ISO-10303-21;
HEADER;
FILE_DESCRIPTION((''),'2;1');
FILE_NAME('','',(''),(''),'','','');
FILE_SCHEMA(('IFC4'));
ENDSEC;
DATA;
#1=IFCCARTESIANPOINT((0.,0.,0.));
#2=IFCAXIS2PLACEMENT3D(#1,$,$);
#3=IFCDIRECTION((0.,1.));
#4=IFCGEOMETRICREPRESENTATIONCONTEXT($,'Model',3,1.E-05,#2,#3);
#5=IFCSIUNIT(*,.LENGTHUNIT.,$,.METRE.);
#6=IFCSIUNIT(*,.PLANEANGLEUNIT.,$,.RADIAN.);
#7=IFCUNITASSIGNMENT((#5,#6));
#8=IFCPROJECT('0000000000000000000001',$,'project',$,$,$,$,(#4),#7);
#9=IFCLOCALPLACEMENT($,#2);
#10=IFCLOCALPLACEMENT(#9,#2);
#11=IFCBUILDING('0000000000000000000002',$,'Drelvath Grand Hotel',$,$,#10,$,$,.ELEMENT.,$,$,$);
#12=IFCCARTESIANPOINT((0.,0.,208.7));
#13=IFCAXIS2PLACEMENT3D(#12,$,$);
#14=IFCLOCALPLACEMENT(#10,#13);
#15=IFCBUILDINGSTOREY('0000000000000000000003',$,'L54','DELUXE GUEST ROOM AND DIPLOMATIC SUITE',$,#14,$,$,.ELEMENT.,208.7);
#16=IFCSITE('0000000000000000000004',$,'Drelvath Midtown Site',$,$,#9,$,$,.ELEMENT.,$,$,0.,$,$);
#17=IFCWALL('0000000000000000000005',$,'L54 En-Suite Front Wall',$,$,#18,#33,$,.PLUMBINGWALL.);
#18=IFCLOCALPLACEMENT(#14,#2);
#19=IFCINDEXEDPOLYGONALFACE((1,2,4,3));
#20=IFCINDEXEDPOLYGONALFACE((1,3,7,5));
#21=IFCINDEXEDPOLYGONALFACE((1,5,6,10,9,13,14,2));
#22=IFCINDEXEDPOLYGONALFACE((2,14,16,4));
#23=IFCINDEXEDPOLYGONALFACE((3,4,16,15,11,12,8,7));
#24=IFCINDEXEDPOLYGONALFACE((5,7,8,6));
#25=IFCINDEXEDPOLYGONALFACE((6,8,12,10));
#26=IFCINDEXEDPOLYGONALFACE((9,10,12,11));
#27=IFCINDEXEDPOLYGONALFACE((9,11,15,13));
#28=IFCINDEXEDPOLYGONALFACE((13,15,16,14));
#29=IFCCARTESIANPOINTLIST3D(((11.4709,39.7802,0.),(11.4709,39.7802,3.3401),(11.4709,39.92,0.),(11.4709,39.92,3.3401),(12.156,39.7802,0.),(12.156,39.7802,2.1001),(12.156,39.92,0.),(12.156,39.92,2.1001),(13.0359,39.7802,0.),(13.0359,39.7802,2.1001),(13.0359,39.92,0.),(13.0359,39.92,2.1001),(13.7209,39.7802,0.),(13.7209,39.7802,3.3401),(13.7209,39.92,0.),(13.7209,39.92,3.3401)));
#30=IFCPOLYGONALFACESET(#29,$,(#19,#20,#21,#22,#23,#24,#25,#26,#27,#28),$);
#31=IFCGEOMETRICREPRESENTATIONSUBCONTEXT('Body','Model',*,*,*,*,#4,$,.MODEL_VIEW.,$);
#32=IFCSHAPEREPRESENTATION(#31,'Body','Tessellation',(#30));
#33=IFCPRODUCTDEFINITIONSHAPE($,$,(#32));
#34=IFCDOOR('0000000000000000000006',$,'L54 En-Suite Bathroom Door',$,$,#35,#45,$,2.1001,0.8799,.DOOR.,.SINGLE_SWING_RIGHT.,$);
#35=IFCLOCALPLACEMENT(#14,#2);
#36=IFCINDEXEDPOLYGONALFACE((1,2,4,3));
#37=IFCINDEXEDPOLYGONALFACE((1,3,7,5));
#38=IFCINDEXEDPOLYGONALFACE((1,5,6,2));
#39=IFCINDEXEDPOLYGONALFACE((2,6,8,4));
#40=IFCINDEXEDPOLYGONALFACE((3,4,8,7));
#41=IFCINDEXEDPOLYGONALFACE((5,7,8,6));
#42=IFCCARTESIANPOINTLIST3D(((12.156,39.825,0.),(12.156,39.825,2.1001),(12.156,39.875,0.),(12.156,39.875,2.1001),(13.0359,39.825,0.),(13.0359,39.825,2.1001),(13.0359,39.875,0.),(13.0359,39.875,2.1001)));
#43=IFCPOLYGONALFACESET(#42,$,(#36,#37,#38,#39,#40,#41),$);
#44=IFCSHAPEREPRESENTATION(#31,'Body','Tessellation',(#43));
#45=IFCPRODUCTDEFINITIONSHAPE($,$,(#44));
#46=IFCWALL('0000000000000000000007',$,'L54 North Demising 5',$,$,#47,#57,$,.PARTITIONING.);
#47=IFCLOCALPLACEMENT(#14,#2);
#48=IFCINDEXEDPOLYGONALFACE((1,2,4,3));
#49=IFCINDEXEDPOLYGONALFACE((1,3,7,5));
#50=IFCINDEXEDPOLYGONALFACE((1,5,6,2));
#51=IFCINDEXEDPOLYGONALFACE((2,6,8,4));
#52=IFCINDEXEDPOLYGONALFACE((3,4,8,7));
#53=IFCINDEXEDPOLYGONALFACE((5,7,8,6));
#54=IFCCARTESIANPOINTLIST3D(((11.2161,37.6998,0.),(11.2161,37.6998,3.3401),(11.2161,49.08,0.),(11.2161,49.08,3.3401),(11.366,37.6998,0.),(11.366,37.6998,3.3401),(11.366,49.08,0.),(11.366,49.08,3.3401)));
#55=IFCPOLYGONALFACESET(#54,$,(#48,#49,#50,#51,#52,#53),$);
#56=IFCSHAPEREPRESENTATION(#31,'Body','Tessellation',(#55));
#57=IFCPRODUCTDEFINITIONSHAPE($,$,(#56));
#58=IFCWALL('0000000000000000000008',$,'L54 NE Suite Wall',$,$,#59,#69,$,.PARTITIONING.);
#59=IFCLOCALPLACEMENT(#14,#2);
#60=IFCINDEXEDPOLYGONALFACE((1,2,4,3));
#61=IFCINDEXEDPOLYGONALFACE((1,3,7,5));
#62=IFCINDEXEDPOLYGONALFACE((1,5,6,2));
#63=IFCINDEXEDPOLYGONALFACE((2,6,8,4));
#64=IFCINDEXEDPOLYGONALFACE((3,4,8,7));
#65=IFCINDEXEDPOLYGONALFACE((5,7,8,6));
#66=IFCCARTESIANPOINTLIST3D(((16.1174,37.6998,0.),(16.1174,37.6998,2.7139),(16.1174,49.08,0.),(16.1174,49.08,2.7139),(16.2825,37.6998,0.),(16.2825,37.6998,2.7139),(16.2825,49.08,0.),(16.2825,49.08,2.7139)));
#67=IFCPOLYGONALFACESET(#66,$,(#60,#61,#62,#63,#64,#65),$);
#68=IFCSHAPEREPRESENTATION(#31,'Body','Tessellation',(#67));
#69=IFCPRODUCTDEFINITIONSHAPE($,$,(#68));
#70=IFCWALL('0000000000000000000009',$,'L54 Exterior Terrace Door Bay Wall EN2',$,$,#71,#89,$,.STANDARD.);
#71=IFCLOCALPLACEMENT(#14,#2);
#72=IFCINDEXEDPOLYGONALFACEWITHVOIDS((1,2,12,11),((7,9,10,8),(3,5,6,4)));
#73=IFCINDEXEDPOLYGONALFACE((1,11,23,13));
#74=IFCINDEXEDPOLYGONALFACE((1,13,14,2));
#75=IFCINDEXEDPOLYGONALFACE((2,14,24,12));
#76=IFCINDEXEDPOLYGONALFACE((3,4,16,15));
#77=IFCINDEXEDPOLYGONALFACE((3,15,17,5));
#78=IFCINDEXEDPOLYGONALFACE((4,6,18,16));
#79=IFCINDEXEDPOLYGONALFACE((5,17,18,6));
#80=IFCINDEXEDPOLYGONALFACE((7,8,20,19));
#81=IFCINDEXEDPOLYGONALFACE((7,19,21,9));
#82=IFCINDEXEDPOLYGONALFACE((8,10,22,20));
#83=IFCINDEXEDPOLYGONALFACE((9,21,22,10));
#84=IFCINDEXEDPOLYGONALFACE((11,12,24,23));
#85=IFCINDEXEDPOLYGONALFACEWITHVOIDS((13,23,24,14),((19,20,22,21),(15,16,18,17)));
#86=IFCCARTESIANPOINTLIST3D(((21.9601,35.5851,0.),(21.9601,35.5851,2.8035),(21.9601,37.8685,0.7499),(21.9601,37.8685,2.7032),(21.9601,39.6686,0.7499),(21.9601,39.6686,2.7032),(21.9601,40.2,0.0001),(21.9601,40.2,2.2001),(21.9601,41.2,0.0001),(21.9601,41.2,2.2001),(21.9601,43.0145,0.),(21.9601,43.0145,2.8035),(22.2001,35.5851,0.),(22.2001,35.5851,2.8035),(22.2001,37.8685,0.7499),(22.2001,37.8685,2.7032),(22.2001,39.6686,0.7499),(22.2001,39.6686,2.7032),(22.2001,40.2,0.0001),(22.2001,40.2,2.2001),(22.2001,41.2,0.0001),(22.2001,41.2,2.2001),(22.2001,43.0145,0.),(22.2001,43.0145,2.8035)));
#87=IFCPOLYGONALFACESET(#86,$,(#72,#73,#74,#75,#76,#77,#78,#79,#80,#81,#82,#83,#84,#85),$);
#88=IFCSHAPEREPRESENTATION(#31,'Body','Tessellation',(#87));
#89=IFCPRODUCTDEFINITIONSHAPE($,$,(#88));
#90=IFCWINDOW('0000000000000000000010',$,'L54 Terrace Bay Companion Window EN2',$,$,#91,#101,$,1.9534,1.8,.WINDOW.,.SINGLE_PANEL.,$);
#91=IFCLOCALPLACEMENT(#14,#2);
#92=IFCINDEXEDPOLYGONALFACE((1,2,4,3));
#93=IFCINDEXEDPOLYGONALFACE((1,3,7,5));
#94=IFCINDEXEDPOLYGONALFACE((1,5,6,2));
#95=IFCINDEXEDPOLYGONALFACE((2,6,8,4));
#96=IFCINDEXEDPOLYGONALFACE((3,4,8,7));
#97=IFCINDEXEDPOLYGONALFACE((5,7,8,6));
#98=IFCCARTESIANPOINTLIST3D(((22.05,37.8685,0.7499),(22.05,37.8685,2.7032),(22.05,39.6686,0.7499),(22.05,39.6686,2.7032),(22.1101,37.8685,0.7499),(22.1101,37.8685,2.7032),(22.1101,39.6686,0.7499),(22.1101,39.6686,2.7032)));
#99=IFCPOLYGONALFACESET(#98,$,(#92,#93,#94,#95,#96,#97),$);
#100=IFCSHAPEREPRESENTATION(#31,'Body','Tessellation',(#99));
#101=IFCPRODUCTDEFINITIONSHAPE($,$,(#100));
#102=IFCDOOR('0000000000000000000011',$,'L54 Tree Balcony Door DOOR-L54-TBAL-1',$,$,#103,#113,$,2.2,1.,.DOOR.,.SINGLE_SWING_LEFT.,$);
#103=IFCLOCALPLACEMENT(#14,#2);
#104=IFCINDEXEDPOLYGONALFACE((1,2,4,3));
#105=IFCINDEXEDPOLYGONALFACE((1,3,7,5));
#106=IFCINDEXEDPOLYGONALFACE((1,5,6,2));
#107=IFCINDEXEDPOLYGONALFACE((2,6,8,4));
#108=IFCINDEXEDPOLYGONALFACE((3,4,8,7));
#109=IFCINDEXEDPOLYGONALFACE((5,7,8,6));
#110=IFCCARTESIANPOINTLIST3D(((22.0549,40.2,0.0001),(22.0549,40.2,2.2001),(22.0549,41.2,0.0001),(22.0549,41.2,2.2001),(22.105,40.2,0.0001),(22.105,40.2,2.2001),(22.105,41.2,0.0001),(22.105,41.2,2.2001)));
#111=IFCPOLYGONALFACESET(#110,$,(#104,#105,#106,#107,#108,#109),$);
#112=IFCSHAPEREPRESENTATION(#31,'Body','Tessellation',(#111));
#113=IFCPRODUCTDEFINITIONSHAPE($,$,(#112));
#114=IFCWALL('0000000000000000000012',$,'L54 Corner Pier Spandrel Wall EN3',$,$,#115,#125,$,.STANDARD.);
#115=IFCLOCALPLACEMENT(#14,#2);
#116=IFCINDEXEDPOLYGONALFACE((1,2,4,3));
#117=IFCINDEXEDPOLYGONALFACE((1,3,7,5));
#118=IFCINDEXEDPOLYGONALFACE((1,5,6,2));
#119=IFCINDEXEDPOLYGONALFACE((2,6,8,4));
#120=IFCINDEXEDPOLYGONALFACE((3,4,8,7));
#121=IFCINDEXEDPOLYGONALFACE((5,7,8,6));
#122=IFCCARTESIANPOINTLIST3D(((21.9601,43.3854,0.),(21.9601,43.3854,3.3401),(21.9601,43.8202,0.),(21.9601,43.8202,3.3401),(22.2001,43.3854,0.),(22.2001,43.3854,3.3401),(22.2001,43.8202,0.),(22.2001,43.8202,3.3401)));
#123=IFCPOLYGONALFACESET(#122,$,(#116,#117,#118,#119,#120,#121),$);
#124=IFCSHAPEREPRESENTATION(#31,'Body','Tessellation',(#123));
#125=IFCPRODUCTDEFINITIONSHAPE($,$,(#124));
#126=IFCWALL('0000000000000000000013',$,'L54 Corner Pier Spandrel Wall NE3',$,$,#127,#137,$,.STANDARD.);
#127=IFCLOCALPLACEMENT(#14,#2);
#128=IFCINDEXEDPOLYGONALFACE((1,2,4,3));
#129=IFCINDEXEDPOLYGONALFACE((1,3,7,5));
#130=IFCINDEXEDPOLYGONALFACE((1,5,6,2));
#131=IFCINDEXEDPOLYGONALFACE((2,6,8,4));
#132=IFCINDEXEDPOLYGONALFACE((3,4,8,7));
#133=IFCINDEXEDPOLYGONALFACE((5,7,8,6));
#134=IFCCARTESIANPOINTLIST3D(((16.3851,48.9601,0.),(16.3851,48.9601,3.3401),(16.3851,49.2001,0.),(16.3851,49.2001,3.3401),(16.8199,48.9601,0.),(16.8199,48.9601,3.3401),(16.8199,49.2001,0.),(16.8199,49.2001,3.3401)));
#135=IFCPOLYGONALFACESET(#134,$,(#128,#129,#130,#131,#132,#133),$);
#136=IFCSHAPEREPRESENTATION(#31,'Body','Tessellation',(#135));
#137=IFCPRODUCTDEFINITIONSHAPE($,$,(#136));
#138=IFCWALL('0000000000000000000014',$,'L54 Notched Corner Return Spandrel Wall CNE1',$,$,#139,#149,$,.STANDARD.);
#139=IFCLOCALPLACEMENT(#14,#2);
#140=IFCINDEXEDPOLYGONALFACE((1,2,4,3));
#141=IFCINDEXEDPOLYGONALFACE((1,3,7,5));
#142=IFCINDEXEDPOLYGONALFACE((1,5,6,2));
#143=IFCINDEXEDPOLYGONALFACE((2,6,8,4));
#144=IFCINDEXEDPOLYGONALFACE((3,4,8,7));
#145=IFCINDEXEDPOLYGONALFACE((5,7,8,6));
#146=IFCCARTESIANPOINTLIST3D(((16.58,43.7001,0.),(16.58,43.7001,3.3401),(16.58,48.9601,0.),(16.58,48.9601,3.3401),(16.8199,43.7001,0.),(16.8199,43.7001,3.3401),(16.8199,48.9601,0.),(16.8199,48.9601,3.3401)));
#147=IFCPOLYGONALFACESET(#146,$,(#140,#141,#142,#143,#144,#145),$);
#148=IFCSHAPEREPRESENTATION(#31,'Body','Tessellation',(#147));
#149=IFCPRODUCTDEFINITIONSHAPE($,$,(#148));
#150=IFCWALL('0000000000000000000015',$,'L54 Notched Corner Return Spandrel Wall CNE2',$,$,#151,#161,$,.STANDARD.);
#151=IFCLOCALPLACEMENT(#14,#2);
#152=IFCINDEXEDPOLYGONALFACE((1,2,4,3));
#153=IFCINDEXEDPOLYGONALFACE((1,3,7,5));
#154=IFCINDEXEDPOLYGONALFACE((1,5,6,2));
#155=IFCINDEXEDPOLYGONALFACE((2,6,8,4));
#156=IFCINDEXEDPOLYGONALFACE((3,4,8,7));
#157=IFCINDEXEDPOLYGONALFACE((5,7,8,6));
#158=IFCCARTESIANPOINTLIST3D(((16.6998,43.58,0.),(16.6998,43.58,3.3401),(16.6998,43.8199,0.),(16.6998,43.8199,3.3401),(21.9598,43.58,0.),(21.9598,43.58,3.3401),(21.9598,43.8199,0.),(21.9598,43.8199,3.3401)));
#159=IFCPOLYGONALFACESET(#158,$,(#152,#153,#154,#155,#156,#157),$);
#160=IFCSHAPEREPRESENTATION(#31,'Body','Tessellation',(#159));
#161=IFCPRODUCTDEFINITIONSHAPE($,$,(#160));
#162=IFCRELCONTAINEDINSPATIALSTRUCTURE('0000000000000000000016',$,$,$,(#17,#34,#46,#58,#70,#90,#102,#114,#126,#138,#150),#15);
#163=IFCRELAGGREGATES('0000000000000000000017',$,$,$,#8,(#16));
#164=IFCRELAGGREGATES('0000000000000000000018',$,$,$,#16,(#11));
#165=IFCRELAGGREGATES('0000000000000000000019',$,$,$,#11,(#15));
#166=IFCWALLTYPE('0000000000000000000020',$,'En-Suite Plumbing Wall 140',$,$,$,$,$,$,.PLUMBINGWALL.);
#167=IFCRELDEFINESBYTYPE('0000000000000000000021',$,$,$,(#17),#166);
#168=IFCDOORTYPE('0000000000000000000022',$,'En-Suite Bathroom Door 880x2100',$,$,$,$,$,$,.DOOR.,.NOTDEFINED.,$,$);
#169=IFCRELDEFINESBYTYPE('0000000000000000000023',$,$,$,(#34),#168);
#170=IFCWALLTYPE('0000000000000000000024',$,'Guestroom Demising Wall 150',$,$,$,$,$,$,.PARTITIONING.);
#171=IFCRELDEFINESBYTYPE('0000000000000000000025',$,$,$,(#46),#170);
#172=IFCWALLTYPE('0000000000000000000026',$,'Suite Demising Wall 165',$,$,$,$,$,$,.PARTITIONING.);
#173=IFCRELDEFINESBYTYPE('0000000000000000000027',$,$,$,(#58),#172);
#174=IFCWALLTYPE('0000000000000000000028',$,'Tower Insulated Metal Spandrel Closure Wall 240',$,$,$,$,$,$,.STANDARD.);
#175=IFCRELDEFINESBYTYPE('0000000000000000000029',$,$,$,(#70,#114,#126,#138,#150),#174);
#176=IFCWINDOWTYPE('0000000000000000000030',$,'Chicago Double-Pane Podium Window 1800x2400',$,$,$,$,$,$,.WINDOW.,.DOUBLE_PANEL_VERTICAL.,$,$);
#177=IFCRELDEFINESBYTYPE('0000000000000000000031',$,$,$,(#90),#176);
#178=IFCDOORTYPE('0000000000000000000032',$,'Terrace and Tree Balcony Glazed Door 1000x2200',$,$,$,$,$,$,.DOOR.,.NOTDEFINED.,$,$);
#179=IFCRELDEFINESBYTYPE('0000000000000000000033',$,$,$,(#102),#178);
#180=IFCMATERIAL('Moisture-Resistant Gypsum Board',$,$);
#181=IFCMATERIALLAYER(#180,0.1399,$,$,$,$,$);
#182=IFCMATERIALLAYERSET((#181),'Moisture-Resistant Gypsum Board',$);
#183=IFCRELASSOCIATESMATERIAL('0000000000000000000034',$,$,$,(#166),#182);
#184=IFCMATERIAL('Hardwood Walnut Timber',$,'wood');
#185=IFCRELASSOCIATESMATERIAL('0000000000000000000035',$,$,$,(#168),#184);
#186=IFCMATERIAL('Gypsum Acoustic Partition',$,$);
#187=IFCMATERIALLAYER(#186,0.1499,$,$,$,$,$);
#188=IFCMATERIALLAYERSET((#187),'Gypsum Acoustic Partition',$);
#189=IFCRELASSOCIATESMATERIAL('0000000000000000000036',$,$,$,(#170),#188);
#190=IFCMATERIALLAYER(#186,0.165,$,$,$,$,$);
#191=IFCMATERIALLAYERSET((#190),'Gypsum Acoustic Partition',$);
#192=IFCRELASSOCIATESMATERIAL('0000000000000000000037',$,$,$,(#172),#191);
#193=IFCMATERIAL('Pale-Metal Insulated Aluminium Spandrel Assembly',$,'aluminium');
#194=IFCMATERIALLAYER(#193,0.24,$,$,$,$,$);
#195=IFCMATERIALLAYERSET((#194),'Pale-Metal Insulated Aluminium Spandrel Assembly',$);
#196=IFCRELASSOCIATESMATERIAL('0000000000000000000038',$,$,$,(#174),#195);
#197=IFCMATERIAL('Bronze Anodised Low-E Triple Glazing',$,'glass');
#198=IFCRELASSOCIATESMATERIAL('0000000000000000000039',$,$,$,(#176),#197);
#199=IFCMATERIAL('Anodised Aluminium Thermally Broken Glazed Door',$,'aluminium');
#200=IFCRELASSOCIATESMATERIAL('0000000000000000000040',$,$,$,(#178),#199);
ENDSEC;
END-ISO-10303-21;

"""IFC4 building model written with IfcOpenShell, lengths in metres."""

from ifc_helpers import new_model, si_unit, direction, frame, frame_2d, origin, place, context, subcontext, project, spatial, rectangle, extrude, material, layer, layer_set, type_object, element, fill, save


model = new_model("IFC4")

# Units and contexts
model_context = context("Model", 3, precision=1e-05, world=origin(), true_north=direction((0.0, 1.0)))
body_context = subcontext(model_context, "Body", "Model", "MODEL_VIEW")
ifc_project = project(units=[si_unit("LENGTHUNIT", "METRE"), si_unit("PLANEANGLEUNIT", "RADIAN")], contexts=[model_context])

# Site, building, storey
site_placement = place(None, origin())
site = spatial("IfcSite", under=ifc_project, at=site_placement, Name="Drelvath Midtown Site", CompositionType="ELEMENT", RefElevation=0.0)
building_placement = place(site_placement, origin())
building = spatial("IfcBuilding", under=site, at=building_placement, Name="Drelvath Grand Hotel", CompositionType="ELEMENT")
storey_placement = place(building_placement, frame((0.0, 0.0, 208.7)))
storey = spatial("IfcBuildingStorey", under=building, at=storey_placement, Name="L54", Description="DELUXE GUEST ROOM AND DIPLOMATIC SUITE", CompositionType="ELEMENT", Elevation=208.7)

# Shared definitions
ifc_material_1 = material(Name="Moisture-Resistant Gypsum Board")
ifc_layer_1 = layer(ifc_material_1, 0.1399)
ifc_layer_set_1 = layer_set([ifc_layer_1], Name="Moisture-Resistant Gypsum Board")
wall_type_1 = type_object("IfcWallType", Name="En-Suite Plumbing Wall 140", PredefinedType="PLUMBINGWALL", material=ifc_layer_set_1)

# Shared definitions
ifc_material_2 = material(Name="Hardwood Walnut Timber", Category="wood")
door_type_1 = type_object("IfcDoorType", Name="En-Suite Bathroom Door 880x2100", OperationType="NOTDEFINED", PredefinedType="DOOR", material=ifc_material_2)

# Wall, opening, door
wall_1_placement = place(storey_placement, frame((11.4709, 39.8501, 0.0), z_axis=(0.0, 0.0, 1.0), x_axis=(1.0, 0.0, 0.0)))
wall_1 = element("IfcWall", 1, at=wall_1_placement, inside=storey, type_object=wall_type_1, Name="L54 En-Suite Front Wall", PredefinedType="PLUMBINGWALL", context=body_context, shape_type="SweptSolid", body=[
    extrude(rectangle(XDim=2.25, YDim=0.1399, at=frame_2d((1.125, 0.0))), origin(), (0.0, 0.0, 1.0), 3.3401),
])
opening_1_placement = place(wall_1_placement, frame((0.6851, 0.0, 0.0)))
opening_1 = element("IfcOpeningElement", 2, at=opening_1_placement, cuts=wall_1, PredefinedType="OPENING", context=body_context, shape_type="SweptSolid", body=[
    extrude(rectangle(XDim=0.8799, YDim=2.1001, at=frame_2d((0.4399, 1.05))), frame((0.0, 0.0798, 0.0), z_axis=(0.0, -1.0, 0.0), x_axis=(1.0, 0.0, 0.0)), (0.0, 0.0, 1.0), 0.1599),
])
door_1_placement = place(opening_1_placement, origin())
door_1 = element("IfcDoor", 3, at=door_1_placement, inside=storey, type_object=door_type_1, Name="L54 En-Suite Bathroom Door", OperationType="SINGLE_SWING_RIGHT", OverallHeight=2.1001, OverallWidth=0.8799, PredefinedType="DOOR", context=body_context, shape_type="SweptSolid", body=[
    extrude(rectangle(XDim=0.8799, YDim=2.1001, at=frame_2d((0.4399, 1.05))), frame((0.0, 0.0249, 0.0), z_axis=(0.0, -1.0, 0.0), x_axis=(1.0, 0.0, 0.0)), (0.0, 0.0, 1.0), 0.05),
])
fill(opening_1, door_1)

# Walls
ifc_material_3 = material(Name="Gypsum Acoustic Partition")
ifc_layer_2 = layer(ifc_material_3, 0.1499)
ifc_layer_set_2 = layer_set([ifc_layer_2], Name="Gypsum Acoustic Partition")
wall_type_2 = type_object("IfcWallType", Name="Guestroom Demising Wall 150", PredefinedType="PARTITIONING", material=ifc_layer_set_2)
wall_2_placement = place(storey_placement, frame((11.291, 37.7, 0.0), z_axis=(0.0, 0.0, 1.0), x_axis=(0.0, 1.0, 0.0)))
element("IfcWall", 4, at=wall_2_placement, inside=storey, type_object=wall_type_2, Name="L54 North Demising 5", PredefinedType="PARTITIONING", context=body_context, shape_type="SweptSolid", body=[
    extrude(rectangle(XDim=11.3801, YDim=0.1499, at=frame_2d((5.6899, 0.0))), origin(), (0.0, 0.0, 1.0), 3.3401),
])
ifc_layer_3 = layer(ifc_material_3, 0.165)
ifc_layer_set_3 = layer_set([ifc_layer_3], Name="Gypsum Acoustic Partition")
wall_type_3 = type_object("IfcWallType", Name="Suite Demising Wall 165", PredefinedType="PARTITIONING", material=ifc_layer_set_3)
wall_3_placement = place(storey_placement, frame((16.2, 37.7, 0.0), z_axis=(0.0, 0.0, 1.0), x_axis=(0.0, 1.0, 0.0)))
element("IfcWall", 5, at=wall_3_placement, inside=storey, type_object=wall_type_3, Name="L54 NE Suite Wall", PredefinedType="PARTITIONING", context=body_context, shape_type="SweptSolid", body=[
    extrude(rectangle(XDim=11.3801, YDim=0.165, at=frame_2d((5.6899, 0.0))), origin(), (0.0, 0.0, 1.0), 2.7139),
])

# Wall, openings, window, door
ifc_material_4 = material(Name="Pale-Metal Insulated Aluminium Spandrel Assembly", Category="aluminium")
ifc_layer_4 = layer(ifc_material_4, 0.24)
ifc_layer_set_4 = layer_set([ifc_layer_4], Name="Pale-Metal Insulated Aluminium Spandrel Assembly")
wall_type_4 = type_object("IfcWallType", Name="Tower Insulated Metal Spandrel Closure Wall 240", PredefinedType="STANDARD", material=ifc_layer_set_4)
wall_4_placement = place(storey_placement, frame((22.0801, 43.0146, 0.0), z_axis=(0.0, 0.0, 1.0), x_axis=(0.0, -1.0, 0.0)))
wall_4 = element("IfcWall", 6, at=wall_4_placement, inside=storey, type_object=wall_type_4, Name="L54 Exterior Terrace Door Bay Wall EN2", PredefinedType="STANDARD", context=body_context, shape_type="SweptSolid", body=[
    extrude(rectangle(XDim=7.4294, YDim=0.24, at=frame_2d((3.7148, 0.0))), origin(), (0.0, 0.0, 1.0), 2.8035),
])
opening_2_placement = place(wall_4_placement, frame((1.8147, 0.0, 0.0)))
opening_2 = element("IfcOpeningElement", 7, at=opening_2_placement, cuts=wall_4, PredefinedType="OPENING", context=body_context, shape_type="SweptSolid", body=[
    extrude(rectangle(XDim=1.0, YDim=2.2, at=frame_2d((0.5, 1.1001))), frame((0.0, 0.1299, 0.0), z_axis=(0.0, -1.0, 0.0), x_axis=(1.0, 0.0, 0.0)), (0.0, 0.0, 1.0), 0.26),
])
opening_3_placement = place(wall_4_placement, frame((3.3462, 0.0, 0.75)))
opening_3 = element("IfcOpeningElement", 8, at=opening_3_placement, cuts=wall_4, PredefinedType="OPENING", context=body_context, shape_type="SweptSolid", body=[
    extrude(rectangle(XDim=1.8, YDim=1.9534, at=frame_2d((0.8999, 0.9766))), frame((0.0, 0.1299, 0.0), z_axis=(0.0, -1.0, 0.0), x_axis=(1.0, 0.0, 0.0)), (0.0, 0.0, 1.0), 0.26),
])
ifc_material_5 = material(Name="Bronze Anodised Low-E Triple Glazing", Category="glass")
window_type = type_object("IfcWindowType", Name="Chicago Double-Pane Podium Window 1800x2400", PartitioningType="DOUBLE_PANEL_VERTICAL", PredefinedType="WINDOW", material=ifc_material_5)
window_placement = place(opening_3_placement, origin())
window = element("IfcWindow", 9, at=window_placement, inside=storey, type_object=window_type, Name="L54 Terrace Bay Companion Window EN2", OverallHeight=1.9534, OverallWidth=1.8, PartitioningType="SINGLE_PANEL", PredefinedType="WINDOW", context=body_context, shape_type="SweptSolid", body=[
    extrude(rectangle(XDim=1.8, YDim=1.9534, at=frame_2d((0.8999, 0.9766))), frame((0.0, 0.03, 0.0), z_axis=(0.0, -1.0, 0.0), x_axis=(1.0, 0.0, 0.0)), (0.0, 0.0, 1.0), 0.0601),
])
fill(opening_3, window)
ifc_material_6 = material(Name="Anodised Aluminium Thermally Broken Glazed Door", Category="aluminium")
door_type_2 = type_object("IfcDoorType", Name="Terrace and Tree Balcony Glazed Door 1000x2200", OperationType="NOTDEFINED", PredefinedType="DOOR", material=ifc_material_6)
door_2_placement = place(opening_2_placement, origin())
door_2 = element("IfcDoor", 10, at=door_2_placement, inside=storey, type_object=door_type_2, Name="L54 Tree Balcony Door DOOR-L54-TBAL-1", OperationType="SINGLE_SWING_LEFT", OverallHeight=2.2, OverallWidth=1.0, PredefinedType="DOOR", context=body_context, shape_type="SweptSolid", body=[
    extrude(rectangle(XDim=1.0, YDim=2.2, at=frame_2d((0.5, 1.1001))), frame((0.0, 0.0249, 0.0), z_axis=(0.0, -1.0, 0.0), x_axis=(1.0, 0.0, 0.0)), (0.0, 0.0, 1.0), 0.05),
])
fill(opening_2, door_2)

# Walls
for number, where, z_axis, x_axis, name in (
    (11, (22.0801, 43.8201, 0.0), (0.0, 0.0, 1.0), (0.0, -1.0, 0.0), "L54 Corner Pier Spandrel Wall EN3"),
    (12, (16.3853, 49.0801, 0.0), (0.0, 0.0, 1.0), (1.0, 0.0, 0.0), "L54 Corner Pier Spandrel Wall NE3"),
):
    element("IfcWall", number, at=place(storey_placement, frame(where, z_axis=z_axis, x_axis=x_axis)), inside=storey, type_object=wall_type_4, Name=name, PredefinedType="STANDARD", context=body_context, shape_type="SweptSolid", body=[
        extrude(rectangle(XDim=0.4348, YDim=0.24, at=frame_2d((0.2173, 0.0))), origin(), (0.0, 0.0, 1.0), 3.3401),
    ])
for number, where, z_axis, x_axis, name in (
    (13, (16.7, 48.96, 0.0), (0.0, 0.0, 1.0), (0.0, -1.0, 0.0), "L54 Notched Corner Return Spandrel Wall CNE1"),
    (14, (16.7, 43.7, 0.0), (0.0, 0.0, 1.0), (1.0, 0.0, 0.0), "L54 Notched Corner Return Spandrel Wall CNE2"),
):
    element("IfcWall", number, at=place(storey_placement, frame(where, z_axis=z_axis, x_axis=x_axis)), inside=storey, type_object=wall_type_4, Name=name, PredefinedType="STANDARD", context=body_context, shape_type="SweptSolid", body=[
        extrude(rectangle(XDim=5.26, YDim=0.24, at=frame_2d((2.6299, 0.0))), origin(), (0.0, 0.0, 1.0), 3.3401),
    ])

save(model, "model.ifc")
